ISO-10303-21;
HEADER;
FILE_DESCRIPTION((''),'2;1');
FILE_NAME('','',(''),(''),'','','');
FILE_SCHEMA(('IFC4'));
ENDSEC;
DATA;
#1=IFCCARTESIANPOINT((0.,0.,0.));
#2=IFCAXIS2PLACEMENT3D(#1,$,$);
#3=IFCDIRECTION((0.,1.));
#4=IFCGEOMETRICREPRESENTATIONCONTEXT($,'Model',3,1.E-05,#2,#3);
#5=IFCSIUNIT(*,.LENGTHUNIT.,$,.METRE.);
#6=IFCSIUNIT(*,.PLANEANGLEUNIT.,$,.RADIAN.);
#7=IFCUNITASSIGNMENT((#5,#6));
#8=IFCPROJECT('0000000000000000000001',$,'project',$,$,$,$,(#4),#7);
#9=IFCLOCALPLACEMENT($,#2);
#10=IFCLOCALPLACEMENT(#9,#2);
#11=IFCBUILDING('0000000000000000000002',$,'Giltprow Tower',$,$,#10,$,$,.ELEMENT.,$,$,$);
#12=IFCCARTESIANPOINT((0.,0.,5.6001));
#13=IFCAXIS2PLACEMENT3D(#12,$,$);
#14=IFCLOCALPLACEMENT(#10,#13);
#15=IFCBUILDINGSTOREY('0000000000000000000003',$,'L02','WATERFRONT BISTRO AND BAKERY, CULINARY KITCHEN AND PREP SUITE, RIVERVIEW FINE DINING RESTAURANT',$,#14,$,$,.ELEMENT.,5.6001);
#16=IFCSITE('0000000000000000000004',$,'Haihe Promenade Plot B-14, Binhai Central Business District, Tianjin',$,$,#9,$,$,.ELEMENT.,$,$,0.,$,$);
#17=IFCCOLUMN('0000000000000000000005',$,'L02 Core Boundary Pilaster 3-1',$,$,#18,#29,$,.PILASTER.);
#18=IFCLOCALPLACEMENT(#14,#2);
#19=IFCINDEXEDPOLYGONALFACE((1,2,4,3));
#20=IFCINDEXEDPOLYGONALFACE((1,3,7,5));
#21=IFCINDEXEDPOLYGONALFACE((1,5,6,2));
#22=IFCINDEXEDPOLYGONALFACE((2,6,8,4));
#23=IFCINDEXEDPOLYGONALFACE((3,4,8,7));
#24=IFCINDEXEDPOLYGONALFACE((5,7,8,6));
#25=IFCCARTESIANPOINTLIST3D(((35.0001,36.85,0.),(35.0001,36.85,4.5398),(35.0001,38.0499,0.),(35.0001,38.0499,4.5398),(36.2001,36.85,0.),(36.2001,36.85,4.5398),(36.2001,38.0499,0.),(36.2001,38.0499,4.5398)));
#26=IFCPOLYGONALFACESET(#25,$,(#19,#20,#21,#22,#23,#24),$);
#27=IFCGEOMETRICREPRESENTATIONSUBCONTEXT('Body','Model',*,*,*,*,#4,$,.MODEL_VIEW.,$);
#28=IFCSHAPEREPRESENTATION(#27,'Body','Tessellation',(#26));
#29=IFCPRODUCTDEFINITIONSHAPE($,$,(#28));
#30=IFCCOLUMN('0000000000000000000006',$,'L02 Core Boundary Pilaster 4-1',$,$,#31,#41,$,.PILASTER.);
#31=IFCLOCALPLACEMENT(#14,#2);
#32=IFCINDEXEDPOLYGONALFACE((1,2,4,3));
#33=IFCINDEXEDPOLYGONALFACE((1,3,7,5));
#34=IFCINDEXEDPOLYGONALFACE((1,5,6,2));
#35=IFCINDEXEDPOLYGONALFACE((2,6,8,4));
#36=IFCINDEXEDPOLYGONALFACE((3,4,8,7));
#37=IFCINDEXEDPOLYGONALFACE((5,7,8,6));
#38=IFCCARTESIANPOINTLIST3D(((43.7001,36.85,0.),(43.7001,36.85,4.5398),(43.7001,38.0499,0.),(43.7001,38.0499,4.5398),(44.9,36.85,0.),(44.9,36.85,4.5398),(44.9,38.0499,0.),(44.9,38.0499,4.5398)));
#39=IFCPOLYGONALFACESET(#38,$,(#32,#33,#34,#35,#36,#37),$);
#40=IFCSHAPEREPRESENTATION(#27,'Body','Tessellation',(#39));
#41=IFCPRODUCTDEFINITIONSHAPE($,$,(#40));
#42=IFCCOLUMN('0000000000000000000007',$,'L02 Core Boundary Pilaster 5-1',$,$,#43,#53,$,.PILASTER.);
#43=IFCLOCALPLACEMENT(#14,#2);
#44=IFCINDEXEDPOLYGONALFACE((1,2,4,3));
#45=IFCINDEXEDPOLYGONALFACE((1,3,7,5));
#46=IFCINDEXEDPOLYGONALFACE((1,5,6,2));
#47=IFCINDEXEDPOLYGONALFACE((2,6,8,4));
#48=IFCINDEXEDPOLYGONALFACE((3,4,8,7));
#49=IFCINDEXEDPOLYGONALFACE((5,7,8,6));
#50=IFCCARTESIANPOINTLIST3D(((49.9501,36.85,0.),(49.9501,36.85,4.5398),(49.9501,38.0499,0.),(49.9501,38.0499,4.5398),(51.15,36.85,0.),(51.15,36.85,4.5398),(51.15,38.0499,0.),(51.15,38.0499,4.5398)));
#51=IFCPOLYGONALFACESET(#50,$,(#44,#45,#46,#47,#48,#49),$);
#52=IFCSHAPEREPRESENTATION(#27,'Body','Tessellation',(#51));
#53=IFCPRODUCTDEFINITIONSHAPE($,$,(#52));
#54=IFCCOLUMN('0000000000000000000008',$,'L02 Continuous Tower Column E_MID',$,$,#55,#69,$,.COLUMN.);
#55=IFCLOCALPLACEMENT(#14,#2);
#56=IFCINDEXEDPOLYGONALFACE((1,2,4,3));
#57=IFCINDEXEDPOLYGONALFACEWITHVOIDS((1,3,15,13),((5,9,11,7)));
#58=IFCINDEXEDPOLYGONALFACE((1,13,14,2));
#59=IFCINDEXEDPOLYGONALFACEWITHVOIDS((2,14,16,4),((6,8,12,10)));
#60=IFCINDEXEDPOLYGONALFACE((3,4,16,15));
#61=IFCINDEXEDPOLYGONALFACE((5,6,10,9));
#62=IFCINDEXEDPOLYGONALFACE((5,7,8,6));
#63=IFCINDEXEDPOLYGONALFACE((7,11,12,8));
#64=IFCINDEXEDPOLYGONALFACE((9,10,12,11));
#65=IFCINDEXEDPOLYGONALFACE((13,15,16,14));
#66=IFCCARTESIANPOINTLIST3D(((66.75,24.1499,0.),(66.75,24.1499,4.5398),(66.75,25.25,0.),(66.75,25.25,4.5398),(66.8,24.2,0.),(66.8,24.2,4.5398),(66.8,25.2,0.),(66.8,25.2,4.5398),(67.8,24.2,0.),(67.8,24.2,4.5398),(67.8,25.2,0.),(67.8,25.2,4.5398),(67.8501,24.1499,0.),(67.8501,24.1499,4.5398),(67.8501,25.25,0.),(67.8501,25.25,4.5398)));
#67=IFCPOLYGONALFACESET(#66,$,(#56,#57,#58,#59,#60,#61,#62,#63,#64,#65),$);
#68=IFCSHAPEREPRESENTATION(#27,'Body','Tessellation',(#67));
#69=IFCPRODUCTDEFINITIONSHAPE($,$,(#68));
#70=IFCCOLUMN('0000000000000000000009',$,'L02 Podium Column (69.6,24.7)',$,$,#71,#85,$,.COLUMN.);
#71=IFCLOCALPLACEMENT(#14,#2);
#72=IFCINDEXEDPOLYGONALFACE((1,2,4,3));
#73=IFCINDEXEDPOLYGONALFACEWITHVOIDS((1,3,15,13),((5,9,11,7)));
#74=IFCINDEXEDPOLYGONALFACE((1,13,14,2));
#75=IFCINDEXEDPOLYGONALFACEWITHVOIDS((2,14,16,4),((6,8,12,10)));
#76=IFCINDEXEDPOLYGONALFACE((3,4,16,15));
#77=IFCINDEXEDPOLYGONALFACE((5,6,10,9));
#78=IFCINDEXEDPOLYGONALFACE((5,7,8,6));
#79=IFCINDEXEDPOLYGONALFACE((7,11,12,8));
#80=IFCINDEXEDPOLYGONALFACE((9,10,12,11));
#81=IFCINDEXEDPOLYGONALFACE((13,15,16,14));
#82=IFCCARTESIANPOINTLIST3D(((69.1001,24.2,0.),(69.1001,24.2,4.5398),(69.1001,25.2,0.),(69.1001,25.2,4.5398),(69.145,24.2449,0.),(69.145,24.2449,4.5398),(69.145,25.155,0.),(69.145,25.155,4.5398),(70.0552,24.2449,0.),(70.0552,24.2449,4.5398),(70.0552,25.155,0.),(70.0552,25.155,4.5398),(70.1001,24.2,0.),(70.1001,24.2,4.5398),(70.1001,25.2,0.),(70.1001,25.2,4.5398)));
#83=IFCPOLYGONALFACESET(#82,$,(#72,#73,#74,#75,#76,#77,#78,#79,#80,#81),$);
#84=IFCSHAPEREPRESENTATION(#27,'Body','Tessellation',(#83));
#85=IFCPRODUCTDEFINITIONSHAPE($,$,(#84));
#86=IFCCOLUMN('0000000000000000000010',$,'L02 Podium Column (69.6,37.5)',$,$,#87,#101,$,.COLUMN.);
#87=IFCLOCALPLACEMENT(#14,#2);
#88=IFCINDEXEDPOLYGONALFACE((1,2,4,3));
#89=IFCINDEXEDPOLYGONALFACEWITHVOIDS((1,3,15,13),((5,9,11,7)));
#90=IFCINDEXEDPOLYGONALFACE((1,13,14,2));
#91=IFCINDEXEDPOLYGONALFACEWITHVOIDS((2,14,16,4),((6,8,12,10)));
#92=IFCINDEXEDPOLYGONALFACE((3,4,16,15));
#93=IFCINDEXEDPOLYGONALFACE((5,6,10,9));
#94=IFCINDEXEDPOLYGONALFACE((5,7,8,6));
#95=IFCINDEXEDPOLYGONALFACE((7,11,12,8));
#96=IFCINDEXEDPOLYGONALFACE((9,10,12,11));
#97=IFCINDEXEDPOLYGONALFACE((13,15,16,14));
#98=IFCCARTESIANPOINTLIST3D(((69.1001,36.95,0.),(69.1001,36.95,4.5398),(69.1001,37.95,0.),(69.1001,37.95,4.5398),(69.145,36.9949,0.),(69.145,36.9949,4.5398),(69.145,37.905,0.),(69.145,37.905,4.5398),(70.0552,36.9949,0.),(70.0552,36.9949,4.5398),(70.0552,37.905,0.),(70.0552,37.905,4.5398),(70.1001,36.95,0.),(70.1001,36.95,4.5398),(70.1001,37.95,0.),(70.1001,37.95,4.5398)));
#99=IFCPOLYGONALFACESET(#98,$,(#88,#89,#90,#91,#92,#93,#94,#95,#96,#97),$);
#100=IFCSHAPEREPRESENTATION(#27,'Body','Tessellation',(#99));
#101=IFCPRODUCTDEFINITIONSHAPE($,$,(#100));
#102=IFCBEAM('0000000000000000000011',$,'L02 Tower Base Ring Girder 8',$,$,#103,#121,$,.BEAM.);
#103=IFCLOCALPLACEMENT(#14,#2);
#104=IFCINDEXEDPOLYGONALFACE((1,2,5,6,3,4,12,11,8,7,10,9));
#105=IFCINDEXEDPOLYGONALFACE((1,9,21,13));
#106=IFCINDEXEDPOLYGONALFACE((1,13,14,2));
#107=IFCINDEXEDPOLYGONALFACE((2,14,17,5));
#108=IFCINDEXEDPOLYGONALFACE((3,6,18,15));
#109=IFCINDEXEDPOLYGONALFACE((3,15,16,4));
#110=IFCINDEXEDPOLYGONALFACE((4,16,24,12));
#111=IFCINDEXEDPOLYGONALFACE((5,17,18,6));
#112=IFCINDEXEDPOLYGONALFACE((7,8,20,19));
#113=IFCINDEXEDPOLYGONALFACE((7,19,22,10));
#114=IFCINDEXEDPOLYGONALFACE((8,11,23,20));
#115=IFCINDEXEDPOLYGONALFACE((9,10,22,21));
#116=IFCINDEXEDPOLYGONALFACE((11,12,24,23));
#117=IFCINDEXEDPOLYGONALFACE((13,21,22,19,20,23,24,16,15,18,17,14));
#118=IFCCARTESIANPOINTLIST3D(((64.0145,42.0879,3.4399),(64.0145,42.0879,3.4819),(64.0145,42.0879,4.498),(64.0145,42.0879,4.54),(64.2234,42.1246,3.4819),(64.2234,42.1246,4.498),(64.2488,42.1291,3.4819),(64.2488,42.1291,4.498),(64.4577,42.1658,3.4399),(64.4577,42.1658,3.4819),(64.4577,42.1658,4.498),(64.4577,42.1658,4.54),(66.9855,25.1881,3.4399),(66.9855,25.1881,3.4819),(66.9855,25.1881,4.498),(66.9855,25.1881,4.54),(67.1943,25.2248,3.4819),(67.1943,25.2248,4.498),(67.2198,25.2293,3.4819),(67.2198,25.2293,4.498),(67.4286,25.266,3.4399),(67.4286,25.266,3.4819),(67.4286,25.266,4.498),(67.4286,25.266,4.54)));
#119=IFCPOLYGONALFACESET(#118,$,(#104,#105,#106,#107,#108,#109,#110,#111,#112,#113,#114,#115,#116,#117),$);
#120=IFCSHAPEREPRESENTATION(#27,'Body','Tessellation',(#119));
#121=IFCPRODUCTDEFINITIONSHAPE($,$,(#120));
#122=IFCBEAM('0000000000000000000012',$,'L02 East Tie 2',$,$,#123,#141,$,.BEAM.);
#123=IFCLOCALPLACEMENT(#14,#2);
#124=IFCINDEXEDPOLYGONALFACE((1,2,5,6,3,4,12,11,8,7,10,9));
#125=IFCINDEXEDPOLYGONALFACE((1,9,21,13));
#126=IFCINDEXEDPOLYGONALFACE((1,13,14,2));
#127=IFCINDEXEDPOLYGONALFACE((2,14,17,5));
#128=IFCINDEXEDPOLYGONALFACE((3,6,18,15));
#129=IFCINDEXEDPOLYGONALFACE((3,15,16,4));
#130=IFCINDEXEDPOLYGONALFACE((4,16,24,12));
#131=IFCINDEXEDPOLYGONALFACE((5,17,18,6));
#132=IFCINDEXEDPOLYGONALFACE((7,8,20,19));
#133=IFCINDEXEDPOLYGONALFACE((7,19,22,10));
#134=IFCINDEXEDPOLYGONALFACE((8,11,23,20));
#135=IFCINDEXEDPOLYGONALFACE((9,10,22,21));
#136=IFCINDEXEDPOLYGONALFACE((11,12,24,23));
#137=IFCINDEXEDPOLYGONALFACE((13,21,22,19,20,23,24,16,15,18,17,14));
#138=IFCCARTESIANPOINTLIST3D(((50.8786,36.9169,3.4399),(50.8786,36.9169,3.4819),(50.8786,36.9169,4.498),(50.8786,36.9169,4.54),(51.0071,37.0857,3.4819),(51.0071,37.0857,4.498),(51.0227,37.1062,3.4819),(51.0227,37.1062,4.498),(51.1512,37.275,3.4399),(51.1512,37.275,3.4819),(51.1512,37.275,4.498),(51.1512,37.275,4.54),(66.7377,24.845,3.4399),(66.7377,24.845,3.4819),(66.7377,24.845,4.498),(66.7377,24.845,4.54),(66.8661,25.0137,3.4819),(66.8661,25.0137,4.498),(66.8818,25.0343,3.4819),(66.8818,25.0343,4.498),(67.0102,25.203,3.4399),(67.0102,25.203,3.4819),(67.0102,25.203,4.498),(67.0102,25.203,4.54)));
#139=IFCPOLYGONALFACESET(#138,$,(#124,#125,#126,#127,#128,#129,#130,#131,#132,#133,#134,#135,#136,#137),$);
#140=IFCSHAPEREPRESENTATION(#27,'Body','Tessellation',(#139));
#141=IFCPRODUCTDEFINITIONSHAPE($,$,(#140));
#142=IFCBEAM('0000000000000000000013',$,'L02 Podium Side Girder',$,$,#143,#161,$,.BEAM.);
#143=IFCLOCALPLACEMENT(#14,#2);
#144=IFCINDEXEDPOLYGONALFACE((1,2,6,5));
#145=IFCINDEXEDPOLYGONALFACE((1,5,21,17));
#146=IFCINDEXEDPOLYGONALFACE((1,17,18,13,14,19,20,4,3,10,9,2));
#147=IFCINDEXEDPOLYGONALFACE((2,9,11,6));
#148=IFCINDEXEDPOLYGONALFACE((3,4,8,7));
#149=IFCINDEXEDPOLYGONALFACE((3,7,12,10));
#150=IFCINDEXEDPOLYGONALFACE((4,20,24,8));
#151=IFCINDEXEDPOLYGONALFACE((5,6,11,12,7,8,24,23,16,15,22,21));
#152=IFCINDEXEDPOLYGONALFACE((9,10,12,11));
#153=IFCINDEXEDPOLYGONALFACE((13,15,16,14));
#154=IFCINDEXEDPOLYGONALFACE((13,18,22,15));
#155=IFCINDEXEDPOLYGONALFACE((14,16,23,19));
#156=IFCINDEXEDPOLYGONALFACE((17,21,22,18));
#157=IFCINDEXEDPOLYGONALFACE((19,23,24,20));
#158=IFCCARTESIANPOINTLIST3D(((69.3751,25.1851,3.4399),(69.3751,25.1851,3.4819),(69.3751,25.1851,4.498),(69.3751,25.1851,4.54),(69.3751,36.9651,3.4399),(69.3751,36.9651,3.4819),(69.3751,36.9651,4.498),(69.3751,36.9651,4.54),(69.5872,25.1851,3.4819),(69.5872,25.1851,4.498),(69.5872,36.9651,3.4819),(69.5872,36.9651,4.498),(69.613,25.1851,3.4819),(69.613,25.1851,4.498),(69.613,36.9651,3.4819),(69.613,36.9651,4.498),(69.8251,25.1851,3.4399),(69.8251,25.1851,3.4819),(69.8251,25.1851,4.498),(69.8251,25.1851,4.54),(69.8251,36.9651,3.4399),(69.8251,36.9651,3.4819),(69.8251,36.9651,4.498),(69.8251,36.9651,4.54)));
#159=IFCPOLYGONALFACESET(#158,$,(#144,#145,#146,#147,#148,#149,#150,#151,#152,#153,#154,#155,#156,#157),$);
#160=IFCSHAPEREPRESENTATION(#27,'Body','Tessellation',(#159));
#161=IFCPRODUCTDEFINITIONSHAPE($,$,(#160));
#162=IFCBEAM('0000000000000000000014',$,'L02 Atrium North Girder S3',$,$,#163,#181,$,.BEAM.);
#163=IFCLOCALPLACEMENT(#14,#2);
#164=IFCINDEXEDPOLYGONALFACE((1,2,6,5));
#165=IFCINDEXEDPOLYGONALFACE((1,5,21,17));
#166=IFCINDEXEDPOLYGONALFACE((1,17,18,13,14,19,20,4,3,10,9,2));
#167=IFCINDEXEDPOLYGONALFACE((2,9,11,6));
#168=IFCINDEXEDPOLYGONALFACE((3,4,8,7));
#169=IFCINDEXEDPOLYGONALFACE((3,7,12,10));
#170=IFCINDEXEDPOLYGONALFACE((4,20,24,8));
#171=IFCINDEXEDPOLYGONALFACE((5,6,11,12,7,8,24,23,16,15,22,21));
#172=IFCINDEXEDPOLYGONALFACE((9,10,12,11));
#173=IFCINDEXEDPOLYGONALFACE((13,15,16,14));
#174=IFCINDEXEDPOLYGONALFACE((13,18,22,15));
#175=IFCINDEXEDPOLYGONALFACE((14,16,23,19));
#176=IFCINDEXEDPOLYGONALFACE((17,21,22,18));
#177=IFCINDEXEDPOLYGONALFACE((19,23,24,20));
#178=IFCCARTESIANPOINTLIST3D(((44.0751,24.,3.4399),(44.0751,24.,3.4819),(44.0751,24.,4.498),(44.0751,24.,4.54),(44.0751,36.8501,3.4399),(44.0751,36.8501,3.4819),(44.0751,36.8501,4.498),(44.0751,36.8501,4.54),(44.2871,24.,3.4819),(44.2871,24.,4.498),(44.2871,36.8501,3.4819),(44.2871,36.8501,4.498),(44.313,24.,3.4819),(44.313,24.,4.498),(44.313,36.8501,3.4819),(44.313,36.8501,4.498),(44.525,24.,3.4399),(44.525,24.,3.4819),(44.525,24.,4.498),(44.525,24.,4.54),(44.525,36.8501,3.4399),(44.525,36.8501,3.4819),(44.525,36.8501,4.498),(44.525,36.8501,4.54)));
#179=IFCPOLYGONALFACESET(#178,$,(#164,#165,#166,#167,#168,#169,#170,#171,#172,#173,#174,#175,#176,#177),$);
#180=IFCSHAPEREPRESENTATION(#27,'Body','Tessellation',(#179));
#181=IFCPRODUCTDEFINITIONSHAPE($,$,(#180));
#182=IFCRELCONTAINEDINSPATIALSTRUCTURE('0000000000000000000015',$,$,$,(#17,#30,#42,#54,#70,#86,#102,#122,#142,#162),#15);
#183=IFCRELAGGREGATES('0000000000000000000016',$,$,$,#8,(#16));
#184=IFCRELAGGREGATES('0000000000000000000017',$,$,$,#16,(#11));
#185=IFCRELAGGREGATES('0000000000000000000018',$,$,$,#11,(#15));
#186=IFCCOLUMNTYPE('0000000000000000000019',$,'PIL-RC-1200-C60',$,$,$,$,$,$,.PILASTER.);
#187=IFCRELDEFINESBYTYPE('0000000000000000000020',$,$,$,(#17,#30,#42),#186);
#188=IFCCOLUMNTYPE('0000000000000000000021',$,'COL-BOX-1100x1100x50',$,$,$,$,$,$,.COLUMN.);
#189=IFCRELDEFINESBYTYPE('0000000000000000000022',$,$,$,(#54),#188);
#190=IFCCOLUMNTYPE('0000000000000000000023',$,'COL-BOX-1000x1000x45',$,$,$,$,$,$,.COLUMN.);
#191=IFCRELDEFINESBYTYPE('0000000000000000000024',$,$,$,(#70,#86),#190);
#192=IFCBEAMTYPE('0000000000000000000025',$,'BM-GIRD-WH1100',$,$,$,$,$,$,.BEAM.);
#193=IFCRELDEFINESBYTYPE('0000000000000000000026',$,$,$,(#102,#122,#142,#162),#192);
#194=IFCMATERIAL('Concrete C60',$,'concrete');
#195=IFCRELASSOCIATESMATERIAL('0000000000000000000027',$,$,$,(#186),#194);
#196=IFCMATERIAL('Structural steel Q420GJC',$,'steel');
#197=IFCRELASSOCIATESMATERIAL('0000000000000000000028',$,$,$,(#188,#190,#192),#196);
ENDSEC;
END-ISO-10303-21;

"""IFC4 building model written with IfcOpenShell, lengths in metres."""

from ifc_helpers import new_model, si_unit, direction, frame, origin, origin_2d, place, context, subcontext, project, spatial, rectangle, hollow_rectangle, i_section, extrude, source, transform, mapped, material, material_profile, profile_set, type_object, element, save


model = new_model("IFC4")

# Units and contexts
model_context = context("Model", 3, precision=1e-05, world=origin(), true_north=direction((0.0, 1.0)))
body_context = subcontext(model_context, "Body", "Model", "MODEL_VIEW")
ifc_project = project(units=[si_unit("LENGTHUNIT", "METRE"), si_unit("PLANEANGLEUNIT", "RADIAN")], contexts=[model_context])

# Site, building, storey
site_placement = place(None, origin())
site = spatial("IfcSite", under=ifc_project, at=site_placement, Name="Haihe Promenade Plot B-14, Binhai Central Business District, Tianjin", CompositionType="ELEMENT", RefElevation=0.0)
building_placement = place(site_placement, origin())
building = spatial("IfcBuilding", under=site, at=building_placement, Name="Giltprow Tower", CompositionType="ELEMENT")
storey_placement = place(building_placement, frame((0.0, 0.0, 5.6001)))
storey = spatial("IfcBuildingStorey", under=building, at=storey_placement, Name="L02", Description="WATERFRONT BISTRO AND BAKERY, CULINARY KITCHEN AND PREP SUITE, RIVERVIEW FINE DINING RESTAURANT", CompositionType="ELEMENT", Elevation=5.6001)

# Columns
ifc_material_1 = material(Name="Concrete C60", Category="concrete")
ifc_material_profile_1 = material_profile(ifc_material_1, rectangle(XDim=1.2, YDim=1.2, at=origin_2d()), Name="RC 1200x1200")
ifc_profile_set_1 = profile_set([ifc_material_profile_1], Name="Concrete C60")
column_type_1 = type_object("IfcColumnType", Name="PIL-RC-1200-C60", PredefinedType="PILASTER", material=ifc_profile_set_1)
shared_shape_1 = source(origin(), body_context, "Body", "SweptSolid", [
    extrude(rectangle(XDim=1.2, YDim=1.2, at=origin_2d()), origin(), (0.0, 0.0, 1.0), 4.5398),
])
for number, where, z_axis, x_axis, name in (
    (1, (35.6001, 37.45, 0.0), (0.0, 0.0, 1.0), (1.0, 0.0, 0.0), "L02 Core Boundary Pilaster 3-1"),
    (2, (44.3, 37.45, 0.0), (0.0, 0.0, 1.0), (1.0, 0.0, 0.0), "L02 Core Boundary Pilaster 4-1"),
    (3, (50.55, 37.45, 0.0), (0.0, 0.0, 1.0), (1.0, 0.0, 0.0), "L02 Core Boundary Pilaster 5-1"),
):
    element("IfcColumn", number, at=place(storey_placement, frame(where, z_axis=z_axis, x_axis=x_axis)), inside=storey, type_object=column_type_1, Name=name, PredefinedType="PILASTER", context=body_context, shape_type="MappedRepresentation", body=[
        mapped(shared_shape_1, transform((0.0, 0.0, 0.0), x_axis=(1.0, 0.0, 0.0), y_axis=(0.0, 1.0, 0.0), z_axis=(0.0, 0.0, 1.0), scale=1.0)),
    ])
ifc_material_2 = material(Name="Structural steel Q420GJC", Category="steel")
ifc_material_profile_2 = material_profile(ifc_material_2, hollow_rectangle(XDim=1.1001, YDim=1.1001, WallThickness=0.05, at=origin_2d()), Name="BOX 1100x1100x50")
ifc_profile_set_2 = profile_set([ifc_material_profile_2], Name="Structural steel Q420GJC")
column_type_2 = type_object("IfcColumnType", Name="COL-BOX-1100x1100x50", PredefinedType="COLUMN", material=ifc_profile_set_2)
shared_shape_2 = source(origin(), body_context, "Body", "SweptSolid", [
    extrude(hollow_rectangle(XDim=1.1001, YDim=1.1001, WallThickness=0.05, at=origin_2d()), origin(), (0.0, 0.0, 1.0), 4.5398),
])
column_placement = place(storey_placement, frame((67.3, 24.7, 0.0), z_axis=(0.0, 0.0, 1.0), x_axis=(1.0, 0.0, 0.0)))
element("IfcColumn", 4, at=column_placement, inside=storey, type_object=column_type_2, Name="L02 Continuous Tower Column E_MID", PredefinedType="COLUMN", context=body_context, shape_type="MappedRepresentation", body=[
    mapped(shared_shape_2, transform((0.0, 0.0, 0.0), x_axis=(1.0, 0.0, 0.0), y_axis=(0.0, 1.0, 0.0), z_axis=(0.0, 0.0, 1.0), scale=1.0)),
])
ifc_material_profile_3 = material_profile(ifc_material_2, hollow_rectangle(XDim=1.0, YDim=1.0, WallThickness=0.0449, at=origin_2d()), Name="BOX 1000x1000x45")
ifc_profile_set_3 = profile_set([ifc_material_profile_3], Name="Structural steel Q420GJC")
column_type_3 = type_object("IfcColumnType", Name="COL-BOX-1000x1000x45", PredefinedType="COLUMN", material=ifc_profile_set_3)
shared_shape_3 = source(origin(), body_context, "Body", "SweptSolid", [
    extrude(hollow_rectangle(XDim=1.0, YDim=1.0, WallThickness=0.0449, at=origin_2d()), origin(), (0.0, 0.0, 1.0), 4.5398),
])
for number, where, z_axis, x_axis, name in (
    (5, (69.6001, 24.7, 0.0), (0.0, 0.0, 1.0), (1.0, 0.0, 0.0), "L02 Podium Column (69.6,24.7)"),
    (6, (69.6001, 37.45, 0.0), (0.0, 0.0, 1.0), (1.0, 0.0, 0.0), "L02 Podium Column (69.6,37.5)"),
):
    element("IfcColumn", number, at=place(storey_placement, frame(where, z_axis=z_axis, x_axis=x_axis)), inside=storey, type_object=column_type_3, Name=name, PredefinedType="COLUMN", context=body_context, shape_type="MappedRepresentation", body=[
        mapped(shared_shape_3, transform((0.0, 0.0, 0.0), x_axis=(1.0, 0.0, 0.0), y_axis=(0.0, 1.0, 0.0), z_axis=(0.0, 0.0, 1.0), scale=1.0)),
    ])

# Beams
ifc_material_profile_4 = material_profile(ifc_material_2, i_section(OverallWidth=0.45, OverallDepth=1.1001, WebThickness=0.0259, FlangeThickness=0.042, at=origin_2d()), Name="WH 1100x450x26x42")
ifc_profile_set_4 = profile_set([ifc_material_profile_4], Name="Structural steel Q420GJC")
beam_type = type_object("IfcBeamType", Name="BM-GIRD-WH1100", PredefinedType="BEAM", material=ifc_profile_set_4)
shared_shape_4 = source(origin(), body_context, "Body", "SweptSolid", [
    extrude(i_section(OverallWidth=0.45, OverallDepth=1.1001, WebThickness=0.0259, FlangeThickness=0.042, at=origin_2d()), origin(), (0.0, 0.0, 1.0), 17.1589),
])
beam_1_placement = place(storey_placement, frame((67.207, 25.2271, 3.99), z_axis=(-0.173142, 0.984897, 0.0), x_axis=(-0.984897, -0.173142, 0.0)))
element("IfcBeam", 7, at=beam_1_placement, inside=storey, type_object=beam_type, Name="L02 Tower Base Ring Girder 8", PredefinedType="BEAM", context=body_context, shape_type="MappedRepresentation", body=[
    mapped(shared_shape_4, transform((0.0, 0.0, 0.0), x_axis=(1.0, 0.0, 0.0), y_axis=(0.0, 1.0, 0.0), z_axis=(0.0, 0.0, 1.0), scale=1.0)),
])
shared_shape_5 = source(origin(), body_context, "Body", "SweptSolid", [
    extrude(i_section(OverallWidth=0.45, OverallDepth=1.1001, WebThickness=0.0259, FlangeThickness=0.042, at=origin_2d()), origin(), (0.0, 0.0, 1.0), 19.9309),
])
beam_2_placement = place(storey_placement, frame((51.0149, 37.0959, 3.99), z_axis=(0.795701, -0.60569, 0.0), x_axis=(0.60569, 0.795701, 0.0)))
element("IfcBeam", 8, at=beam_2_placement, inside=storey, type_object=beam_type, Name="L02 East Tie 2", PredefinedType="BEAM", context=body_context, shape_type="MappedRepresentation", body=[
    mapped(shared_shape_5, transform((0.0, 0.0, 0.0), x_axis=(1.0, 0.0, 0.0), y_axis=(0.0, 1.0, 0.0), z_axis=(0.0, 0.0, 1.0), scale=1.0)),
])
shared_shape_6 = source(origin(), body_context, "Body", "SweptSolid", [
    extrude(i_section(OverallWidth=0.45, OverallDepth=1.1001, WebThickness=0.0259, FlangeThickness=0.042, at=origin_2d()), origin(), (0.0, 0.0, 1.0), 11.78),
])
beam_3_placement = place(storey_placement, frame((69.6001, 25.1851, 3.99), z_axis=(0.0, 1.0, 0.0), x_axis=(-1.0, 0.0, 0.0)))
element("IfcBeam", 9, at=beam_3_placement, inside=storey, type_object=beam_type, Name="L02 Podium Side Girder", PredefinedType="BEAM", context=body_context, shape_type="MappedRepresentation", body=[
    mapped(shared_shape_6, transform((0.0, 0.0, 0.0), x_axis=(1.0, 0.0, 0.0), y_axis=(0.0, 1.0, 0.0), z_axis=(0.0, 0.0, 1.0), scale=1.0)),
])
shared_shape_7 = source(origin(), body_context, "Body", "SweptSolid", [
    extrude(i_section(OverallWidth=0.45, OverallDepth=1.1001, WebThickness=0.0259, FlangeThickness=0.042, at=origin_2d()), origin(), (0.0, 0.0, 1.0), 12.8501),
])
beam_4_placement = place(storey_placement, frame((44.3, 24.0, 3.99), z_axis=(0.0, 1.0, 0.0), x_axis=(-1.0, 0.0, 0.0)))
element("IfcBeam", 10, at=beam_4_placement, inside=storey, type_object=beam_type, Name="L02 Atrium North Girder S3", PredefinedType="BEAM", context=body_context, shape_type="MappedRepresentation", body=[
    mapped(shared_shape_7, transform((0.0, 0.0, 0.0), x_axis=(1.0, 0.0, 0.0), y_axis=(0.0, 1.0, 0.0), z_axis=(0.0, 0.0, 1.0), scale=1.0)),
])

save(model, "model.ifc")
